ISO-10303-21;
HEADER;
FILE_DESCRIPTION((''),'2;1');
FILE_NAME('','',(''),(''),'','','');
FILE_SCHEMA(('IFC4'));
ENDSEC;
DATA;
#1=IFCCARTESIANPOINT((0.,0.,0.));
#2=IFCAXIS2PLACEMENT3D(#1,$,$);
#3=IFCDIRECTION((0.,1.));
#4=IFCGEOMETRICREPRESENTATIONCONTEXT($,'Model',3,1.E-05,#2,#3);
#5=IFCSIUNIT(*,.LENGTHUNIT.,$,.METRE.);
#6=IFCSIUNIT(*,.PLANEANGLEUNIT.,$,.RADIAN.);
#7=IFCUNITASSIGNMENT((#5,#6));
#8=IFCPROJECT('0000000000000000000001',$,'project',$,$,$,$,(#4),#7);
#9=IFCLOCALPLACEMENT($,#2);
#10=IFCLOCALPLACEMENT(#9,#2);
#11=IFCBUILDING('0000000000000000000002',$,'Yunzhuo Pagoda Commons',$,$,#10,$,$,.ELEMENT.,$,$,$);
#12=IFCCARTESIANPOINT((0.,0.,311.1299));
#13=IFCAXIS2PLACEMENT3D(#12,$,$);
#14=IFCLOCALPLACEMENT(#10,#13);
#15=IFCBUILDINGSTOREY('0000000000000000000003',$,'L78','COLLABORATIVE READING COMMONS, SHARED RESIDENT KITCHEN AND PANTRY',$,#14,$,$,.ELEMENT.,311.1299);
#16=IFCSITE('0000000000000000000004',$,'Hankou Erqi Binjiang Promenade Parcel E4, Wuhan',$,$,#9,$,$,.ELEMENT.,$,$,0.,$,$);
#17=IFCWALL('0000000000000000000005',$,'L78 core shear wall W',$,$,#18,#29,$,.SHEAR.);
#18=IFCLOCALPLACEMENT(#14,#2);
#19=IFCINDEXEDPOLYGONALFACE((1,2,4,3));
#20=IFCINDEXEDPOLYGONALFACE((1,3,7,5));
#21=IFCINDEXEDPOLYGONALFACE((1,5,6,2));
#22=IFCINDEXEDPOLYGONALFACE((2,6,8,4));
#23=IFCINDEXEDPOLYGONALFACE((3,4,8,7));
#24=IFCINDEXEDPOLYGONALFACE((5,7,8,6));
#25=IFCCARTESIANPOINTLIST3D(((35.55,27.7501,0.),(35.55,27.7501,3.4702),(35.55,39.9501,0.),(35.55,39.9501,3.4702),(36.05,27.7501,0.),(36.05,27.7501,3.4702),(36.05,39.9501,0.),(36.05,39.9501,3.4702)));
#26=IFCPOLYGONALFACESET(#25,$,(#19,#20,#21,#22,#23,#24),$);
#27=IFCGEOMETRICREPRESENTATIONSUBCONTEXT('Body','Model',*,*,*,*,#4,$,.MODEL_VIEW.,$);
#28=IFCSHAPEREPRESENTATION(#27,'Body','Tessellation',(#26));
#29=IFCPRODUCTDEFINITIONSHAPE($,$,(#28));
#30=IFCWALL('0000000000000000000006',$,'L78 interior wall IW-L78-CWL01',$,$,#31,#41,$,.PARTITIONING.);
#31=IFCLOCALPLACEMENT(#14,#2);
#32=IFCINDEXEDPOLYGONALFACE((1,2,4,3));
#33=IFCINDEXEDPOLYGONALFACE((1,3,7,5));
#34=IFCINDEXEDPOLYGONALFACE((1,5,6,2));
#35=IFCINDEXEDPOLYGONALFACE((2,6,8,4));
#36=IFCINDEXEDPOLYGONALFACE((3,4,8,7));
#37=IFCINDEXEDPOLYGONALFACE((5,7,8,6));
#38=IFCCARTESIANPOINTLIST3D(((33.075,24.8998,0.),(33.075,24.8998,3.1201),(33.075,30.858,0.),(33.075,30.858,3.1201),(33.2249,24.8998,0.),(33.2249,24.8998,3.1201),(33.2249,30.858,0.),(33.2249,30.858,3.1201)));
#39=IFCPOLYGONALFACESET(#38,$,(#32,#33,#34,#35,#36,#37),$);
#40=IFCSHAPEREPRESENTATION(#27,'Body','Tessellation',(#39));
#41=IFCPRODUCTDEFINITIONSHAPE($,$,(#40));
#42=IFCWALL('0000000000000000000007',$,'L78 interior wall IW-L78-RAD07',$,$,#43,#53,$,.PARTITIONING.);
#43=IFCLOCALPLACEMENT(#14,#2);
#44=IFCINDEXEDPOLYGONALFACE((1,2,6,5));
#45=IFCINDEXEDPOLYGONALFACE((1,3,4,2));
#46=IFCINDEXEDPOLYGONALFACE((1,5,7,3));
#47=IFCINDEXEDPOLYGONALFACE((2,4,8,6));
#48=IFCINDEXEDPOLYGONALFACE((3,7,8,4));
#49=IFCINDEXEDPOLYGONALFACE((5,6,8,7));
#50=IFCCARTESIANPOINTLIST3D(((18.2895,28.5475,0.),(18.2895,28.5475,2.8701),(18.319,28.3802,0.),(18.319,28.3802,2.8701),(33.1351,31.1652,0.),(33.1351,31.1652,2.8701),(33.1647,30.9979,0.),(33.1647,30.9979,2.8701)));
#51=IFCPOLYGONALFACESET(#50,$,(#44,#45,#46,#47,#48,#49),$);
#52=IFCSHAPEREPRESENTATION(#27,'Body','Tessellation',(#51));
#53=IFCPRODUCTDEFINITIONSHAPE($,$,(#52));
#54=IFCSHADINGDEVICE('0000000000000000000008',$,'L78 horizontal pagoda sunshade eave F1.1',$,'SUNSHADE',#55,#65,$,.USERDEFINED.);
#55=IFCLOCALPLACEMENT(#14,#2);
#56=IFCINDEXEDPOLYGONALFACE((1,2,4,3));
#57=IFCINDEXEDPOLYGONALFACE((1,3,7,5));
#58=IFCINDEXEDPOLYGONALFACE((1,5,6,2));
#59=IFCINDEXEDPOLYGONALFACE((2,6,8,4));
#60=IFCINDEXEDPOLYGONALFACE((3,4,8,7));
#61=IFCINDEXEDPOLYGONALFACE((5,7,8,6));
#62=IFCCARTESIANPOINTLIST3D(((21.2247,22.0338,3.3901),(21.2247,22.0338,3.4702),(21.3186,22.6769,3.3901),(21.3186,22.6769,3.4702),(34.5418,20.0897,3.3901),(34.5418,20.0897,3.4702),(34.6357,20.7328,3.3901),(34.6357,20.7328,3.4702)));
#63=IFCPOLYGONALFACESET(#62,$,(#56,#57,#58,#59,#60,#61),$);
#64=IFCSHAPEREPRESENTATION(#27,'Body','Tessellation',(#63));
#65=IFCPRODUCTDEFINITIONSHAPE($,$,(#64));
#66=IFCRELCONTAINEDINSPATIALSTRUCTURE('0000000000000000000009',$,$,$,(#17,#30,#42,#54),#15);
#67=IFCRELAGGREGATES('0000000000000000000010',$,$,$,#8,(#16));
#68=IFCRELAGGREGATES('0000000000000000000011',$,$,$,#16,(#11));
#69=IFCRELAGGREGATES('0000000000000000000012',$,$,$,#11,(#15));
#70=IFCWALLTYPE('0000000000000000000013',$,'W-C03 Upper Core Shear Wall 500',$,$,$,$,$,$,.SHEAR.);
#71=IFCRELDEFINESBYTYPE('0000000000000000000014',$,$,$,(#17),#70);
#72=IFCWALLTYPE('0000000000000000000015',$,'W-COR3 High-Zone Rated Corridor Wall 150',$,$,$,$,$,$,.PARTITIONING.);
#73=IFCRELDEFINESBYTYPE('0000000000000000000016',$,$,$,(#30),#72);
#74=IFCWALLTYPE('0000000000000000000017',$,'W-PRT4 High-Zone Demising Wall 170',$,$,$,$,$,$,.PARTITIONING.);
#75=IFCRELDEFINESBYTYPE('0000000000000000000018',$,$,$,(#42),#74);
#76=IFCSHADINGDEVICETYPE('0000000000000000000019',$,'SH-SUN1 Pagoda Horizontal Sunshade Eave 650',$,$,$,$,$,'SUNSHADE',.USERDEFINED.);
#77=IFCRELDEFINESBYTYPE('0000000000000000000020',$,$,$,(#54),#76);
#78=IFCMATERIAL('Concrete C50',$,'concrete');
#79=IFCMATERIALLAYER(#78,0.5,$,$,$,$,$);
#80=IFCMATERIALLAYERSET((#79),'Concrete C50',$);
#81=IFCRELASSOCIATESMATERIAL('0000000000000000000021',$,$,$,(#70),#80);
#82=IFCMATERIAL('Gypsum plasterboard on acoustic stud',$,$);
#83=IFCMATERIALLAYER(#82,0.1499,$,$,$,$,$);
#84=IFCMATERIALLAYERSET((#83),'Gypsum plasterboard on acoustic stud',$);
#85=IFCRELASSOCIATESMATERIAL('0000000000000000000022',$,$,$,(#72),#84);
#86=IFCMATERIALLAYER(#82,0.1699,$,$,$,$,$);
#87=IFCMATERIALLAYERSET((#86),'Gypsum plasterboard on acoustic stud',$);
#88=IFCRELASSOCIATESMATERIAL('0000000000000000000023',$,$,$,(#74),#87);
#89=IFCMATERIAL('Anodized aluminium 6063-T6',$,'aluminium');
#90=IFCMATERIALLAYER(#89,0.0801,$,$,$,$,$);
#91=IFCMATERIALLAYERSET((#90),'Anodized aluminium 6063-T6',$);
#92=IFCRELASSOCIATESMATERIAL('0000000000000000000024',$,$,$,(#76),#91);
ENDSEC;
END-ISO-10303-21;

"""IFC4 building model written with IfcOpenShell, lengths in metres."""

from ifc_helpers import new_model, si_unit, direction, frame, frame_2d, origin, origin_2d, place, context, subcontext, project, spatial, rectangle, extrude, source, transform, mapped, material, layer, layer_set, type_object, element, save


model = new_model("IFC4")

# Units and contexts
model_context = context("Model", 3, precision=1e-05, world=origin(), true_north=direction((0.0, 1.0)))
body_context = subcontext(model_context, "Body", "Model", "MODEL_VIEW")
ifc_project = project(units=[si_unit("LENGTHUNIT", "METRE"), si_unit("PLANEANGLEUNIT", "RADIAN")], contexts=[model_context])

# Site, building, storey
site_placement = place(None, origin())
site = spatial("IfcSite", under=ifc_project, at=site_placement, Name="Hankou Erqi Binjiang Promenade Parcel E4, Wuhan", CompositionType="ELEMENT", RefElevation=0.0)
building_placement = place(site_placement, origin())
building = spatial("IfcBuilding", under=site, at=building_placement, Name="Yunzhuo Pagoda Commons", CompositionType="ELEMENT")
storey_placement = place(building_placement, frame((0.0, 0.0, 311.1299)))
storey = spatial("IfcBuildingStorey", under=building, at=storey_placement, Name="L78", Description="COLLABORATIVE READING COMMONS, SHARED RESIDENT KITCHEN AND PANTRY", CompositionType="ELEMENT", Elevation=311.1299)

# Shared definitions
ifc_material_1 = material(Name="Anodized aluminium 6063-T6", Category="aluminium")

# Walls
ifc_material_2 = material(Name="Concrete C50", Category="concrete")
ifc_layer_1 = layer(ifc_material_2, 0.5)
ifc_layer_set_1 = layer_set([ifc_layer_1], Name="Concrete C50")
wall_type_1 = type_object("IfcWallType", Name="W-C03 Upper Core Shear Wall 500", PredefinedType="SHEAR", material=ifc_layer_set_1)
wall_1_placement = place(storey_placement, frame((35.8, 27.75, 0.0), z_axis=(0.0, 0.0, 1.0), x_axis=(0.0, 1.0, 0.0)))
element("IfcWall", 1, at=wall_1_placement, inside=storey, type_object=wall_type_1, Name="L78 core shear wall W", PredefinedType="SHEAR", context=body_context, shape_type="SweptSolid", body=[
    extrude(rectangle(XDim=12.2, YDim=0.5, at=frame_2d((6.1001, 0.0))), origin(), (0.0, 0.0, 1.0), 3.4702),
])
ifc_material_3 = material(Name="Gypsum plasterboard on acoustic stud")
ifc_layer_2 = layer(ifc_material_3, 0.1499)
ifc_layer_set_2 = layer_set([ifc_layer_2], Name="Gypsum plasterboard on acoustic stud")
wall_type_2 = type_object("IfcWallType", Name="W-COR3 High-Zone Rated Corridor Wall 150", PredefinedType="PARTITIONING", material=ifc_layer_set_2)
wall_2_placement = place(storey_placement, frame((33.1499, 24.8999, 0.0), z_axis=(0.0, 0.0, 1.0), x_axis=(0.0, 1.0, 0.0)))
element("IfcWall", 2, at=wall_2_placement, inside=storey, type_object=wall_type_2, Name="L78 interior wall IW-L78-CWL01", PredefinedType="PARTITIONING", context=body_context, shape_type="SweptSolid", body=[
    extrude(rectangle(XDim=5.9583, YDim=0.1499, at=frame_2d((2.979, 0.0))), origin(), (0.0, 0.0, 1.0), 3.1201),
])
ifc_layer_3 = layer(ifc_material_3, 0.1699)
ifc_layer_set_3 = layer_set([ifc_layer_3], Name="Gypsum plasterboard on acoustic stud")
wall_type_3 = type_object("IfcWallType", Name="W-PRT4 High-Zone Demising Wall 170", PredefinedType="PARTITIONING", material=ifc_layer_set_3)
wall_3_placement = place(storey_placement, frame((33.1499, 31.0815, 0.0), z_axis=(0.0, 0.0, 1.0), x_axis=(-0.984808, -0.173647, 0.0)))
element("IfcWall", 3, at=wall_3_placement, inside=storey, type_object=wall_type_3, Name="L78 interior wall IW-L78-RAD07", PredefinedType="PARTITIONING", context=body_context, shape_type="SweptSolid", body=[
    extrude(rectangle(XDim=15.0747, YDim=0.1699, at=frame_2d((7.5374, 0.0))), origin(), (0.0, 0.0, 1.0), 2.8701),
])

# Shading device
ifc_layer_4 = layer(ifc_material_1, 0.0801)
ifc_layer_set_4 = layer_set([ifc_layer_4], Name="Anodized aluminium 6063-T6")
shading_device_type = type_object("IfcShadingDeviceType", Name="SH-SUN1 Pagoda Horizontal Sunshade Eave 650", ElementType="SUNSHADE", PredefinedType="USERDEFINED", material=ifc_layer_set_4)
shared_shape_1 = source(origin(), body_context, "Body", "SweptSolid", [
    extrude(rectangle(XDim=13.4583, YDim=0.6499, at=origin_2d()), origin(), (0.0, 0.0, 1.0), 0.0801),
])
shading_device_placement = place(storey_placement, frame((27.9302, 21.3833, 3.3901), z_axis=(0.0, 0.0, 1.0), x_axis=(0.989511, -0.14446, 0.0)))
element("IfcShadingDevice", 4, at=shading_device_placement, inside=storey, type_object=shading_device_type, Name="L78 horizontal pagoda sunshade eave F1.1", ObjectType="SUNSHADE", PredefinedType="USERDEFINED", context=body_context, shape_type="MappedRepresentation", body=[
    mapped(shared_shape_1, transform((0.0, 0.0, 0.0), scale=1.0)),
])

save(model, "model.ifc")
